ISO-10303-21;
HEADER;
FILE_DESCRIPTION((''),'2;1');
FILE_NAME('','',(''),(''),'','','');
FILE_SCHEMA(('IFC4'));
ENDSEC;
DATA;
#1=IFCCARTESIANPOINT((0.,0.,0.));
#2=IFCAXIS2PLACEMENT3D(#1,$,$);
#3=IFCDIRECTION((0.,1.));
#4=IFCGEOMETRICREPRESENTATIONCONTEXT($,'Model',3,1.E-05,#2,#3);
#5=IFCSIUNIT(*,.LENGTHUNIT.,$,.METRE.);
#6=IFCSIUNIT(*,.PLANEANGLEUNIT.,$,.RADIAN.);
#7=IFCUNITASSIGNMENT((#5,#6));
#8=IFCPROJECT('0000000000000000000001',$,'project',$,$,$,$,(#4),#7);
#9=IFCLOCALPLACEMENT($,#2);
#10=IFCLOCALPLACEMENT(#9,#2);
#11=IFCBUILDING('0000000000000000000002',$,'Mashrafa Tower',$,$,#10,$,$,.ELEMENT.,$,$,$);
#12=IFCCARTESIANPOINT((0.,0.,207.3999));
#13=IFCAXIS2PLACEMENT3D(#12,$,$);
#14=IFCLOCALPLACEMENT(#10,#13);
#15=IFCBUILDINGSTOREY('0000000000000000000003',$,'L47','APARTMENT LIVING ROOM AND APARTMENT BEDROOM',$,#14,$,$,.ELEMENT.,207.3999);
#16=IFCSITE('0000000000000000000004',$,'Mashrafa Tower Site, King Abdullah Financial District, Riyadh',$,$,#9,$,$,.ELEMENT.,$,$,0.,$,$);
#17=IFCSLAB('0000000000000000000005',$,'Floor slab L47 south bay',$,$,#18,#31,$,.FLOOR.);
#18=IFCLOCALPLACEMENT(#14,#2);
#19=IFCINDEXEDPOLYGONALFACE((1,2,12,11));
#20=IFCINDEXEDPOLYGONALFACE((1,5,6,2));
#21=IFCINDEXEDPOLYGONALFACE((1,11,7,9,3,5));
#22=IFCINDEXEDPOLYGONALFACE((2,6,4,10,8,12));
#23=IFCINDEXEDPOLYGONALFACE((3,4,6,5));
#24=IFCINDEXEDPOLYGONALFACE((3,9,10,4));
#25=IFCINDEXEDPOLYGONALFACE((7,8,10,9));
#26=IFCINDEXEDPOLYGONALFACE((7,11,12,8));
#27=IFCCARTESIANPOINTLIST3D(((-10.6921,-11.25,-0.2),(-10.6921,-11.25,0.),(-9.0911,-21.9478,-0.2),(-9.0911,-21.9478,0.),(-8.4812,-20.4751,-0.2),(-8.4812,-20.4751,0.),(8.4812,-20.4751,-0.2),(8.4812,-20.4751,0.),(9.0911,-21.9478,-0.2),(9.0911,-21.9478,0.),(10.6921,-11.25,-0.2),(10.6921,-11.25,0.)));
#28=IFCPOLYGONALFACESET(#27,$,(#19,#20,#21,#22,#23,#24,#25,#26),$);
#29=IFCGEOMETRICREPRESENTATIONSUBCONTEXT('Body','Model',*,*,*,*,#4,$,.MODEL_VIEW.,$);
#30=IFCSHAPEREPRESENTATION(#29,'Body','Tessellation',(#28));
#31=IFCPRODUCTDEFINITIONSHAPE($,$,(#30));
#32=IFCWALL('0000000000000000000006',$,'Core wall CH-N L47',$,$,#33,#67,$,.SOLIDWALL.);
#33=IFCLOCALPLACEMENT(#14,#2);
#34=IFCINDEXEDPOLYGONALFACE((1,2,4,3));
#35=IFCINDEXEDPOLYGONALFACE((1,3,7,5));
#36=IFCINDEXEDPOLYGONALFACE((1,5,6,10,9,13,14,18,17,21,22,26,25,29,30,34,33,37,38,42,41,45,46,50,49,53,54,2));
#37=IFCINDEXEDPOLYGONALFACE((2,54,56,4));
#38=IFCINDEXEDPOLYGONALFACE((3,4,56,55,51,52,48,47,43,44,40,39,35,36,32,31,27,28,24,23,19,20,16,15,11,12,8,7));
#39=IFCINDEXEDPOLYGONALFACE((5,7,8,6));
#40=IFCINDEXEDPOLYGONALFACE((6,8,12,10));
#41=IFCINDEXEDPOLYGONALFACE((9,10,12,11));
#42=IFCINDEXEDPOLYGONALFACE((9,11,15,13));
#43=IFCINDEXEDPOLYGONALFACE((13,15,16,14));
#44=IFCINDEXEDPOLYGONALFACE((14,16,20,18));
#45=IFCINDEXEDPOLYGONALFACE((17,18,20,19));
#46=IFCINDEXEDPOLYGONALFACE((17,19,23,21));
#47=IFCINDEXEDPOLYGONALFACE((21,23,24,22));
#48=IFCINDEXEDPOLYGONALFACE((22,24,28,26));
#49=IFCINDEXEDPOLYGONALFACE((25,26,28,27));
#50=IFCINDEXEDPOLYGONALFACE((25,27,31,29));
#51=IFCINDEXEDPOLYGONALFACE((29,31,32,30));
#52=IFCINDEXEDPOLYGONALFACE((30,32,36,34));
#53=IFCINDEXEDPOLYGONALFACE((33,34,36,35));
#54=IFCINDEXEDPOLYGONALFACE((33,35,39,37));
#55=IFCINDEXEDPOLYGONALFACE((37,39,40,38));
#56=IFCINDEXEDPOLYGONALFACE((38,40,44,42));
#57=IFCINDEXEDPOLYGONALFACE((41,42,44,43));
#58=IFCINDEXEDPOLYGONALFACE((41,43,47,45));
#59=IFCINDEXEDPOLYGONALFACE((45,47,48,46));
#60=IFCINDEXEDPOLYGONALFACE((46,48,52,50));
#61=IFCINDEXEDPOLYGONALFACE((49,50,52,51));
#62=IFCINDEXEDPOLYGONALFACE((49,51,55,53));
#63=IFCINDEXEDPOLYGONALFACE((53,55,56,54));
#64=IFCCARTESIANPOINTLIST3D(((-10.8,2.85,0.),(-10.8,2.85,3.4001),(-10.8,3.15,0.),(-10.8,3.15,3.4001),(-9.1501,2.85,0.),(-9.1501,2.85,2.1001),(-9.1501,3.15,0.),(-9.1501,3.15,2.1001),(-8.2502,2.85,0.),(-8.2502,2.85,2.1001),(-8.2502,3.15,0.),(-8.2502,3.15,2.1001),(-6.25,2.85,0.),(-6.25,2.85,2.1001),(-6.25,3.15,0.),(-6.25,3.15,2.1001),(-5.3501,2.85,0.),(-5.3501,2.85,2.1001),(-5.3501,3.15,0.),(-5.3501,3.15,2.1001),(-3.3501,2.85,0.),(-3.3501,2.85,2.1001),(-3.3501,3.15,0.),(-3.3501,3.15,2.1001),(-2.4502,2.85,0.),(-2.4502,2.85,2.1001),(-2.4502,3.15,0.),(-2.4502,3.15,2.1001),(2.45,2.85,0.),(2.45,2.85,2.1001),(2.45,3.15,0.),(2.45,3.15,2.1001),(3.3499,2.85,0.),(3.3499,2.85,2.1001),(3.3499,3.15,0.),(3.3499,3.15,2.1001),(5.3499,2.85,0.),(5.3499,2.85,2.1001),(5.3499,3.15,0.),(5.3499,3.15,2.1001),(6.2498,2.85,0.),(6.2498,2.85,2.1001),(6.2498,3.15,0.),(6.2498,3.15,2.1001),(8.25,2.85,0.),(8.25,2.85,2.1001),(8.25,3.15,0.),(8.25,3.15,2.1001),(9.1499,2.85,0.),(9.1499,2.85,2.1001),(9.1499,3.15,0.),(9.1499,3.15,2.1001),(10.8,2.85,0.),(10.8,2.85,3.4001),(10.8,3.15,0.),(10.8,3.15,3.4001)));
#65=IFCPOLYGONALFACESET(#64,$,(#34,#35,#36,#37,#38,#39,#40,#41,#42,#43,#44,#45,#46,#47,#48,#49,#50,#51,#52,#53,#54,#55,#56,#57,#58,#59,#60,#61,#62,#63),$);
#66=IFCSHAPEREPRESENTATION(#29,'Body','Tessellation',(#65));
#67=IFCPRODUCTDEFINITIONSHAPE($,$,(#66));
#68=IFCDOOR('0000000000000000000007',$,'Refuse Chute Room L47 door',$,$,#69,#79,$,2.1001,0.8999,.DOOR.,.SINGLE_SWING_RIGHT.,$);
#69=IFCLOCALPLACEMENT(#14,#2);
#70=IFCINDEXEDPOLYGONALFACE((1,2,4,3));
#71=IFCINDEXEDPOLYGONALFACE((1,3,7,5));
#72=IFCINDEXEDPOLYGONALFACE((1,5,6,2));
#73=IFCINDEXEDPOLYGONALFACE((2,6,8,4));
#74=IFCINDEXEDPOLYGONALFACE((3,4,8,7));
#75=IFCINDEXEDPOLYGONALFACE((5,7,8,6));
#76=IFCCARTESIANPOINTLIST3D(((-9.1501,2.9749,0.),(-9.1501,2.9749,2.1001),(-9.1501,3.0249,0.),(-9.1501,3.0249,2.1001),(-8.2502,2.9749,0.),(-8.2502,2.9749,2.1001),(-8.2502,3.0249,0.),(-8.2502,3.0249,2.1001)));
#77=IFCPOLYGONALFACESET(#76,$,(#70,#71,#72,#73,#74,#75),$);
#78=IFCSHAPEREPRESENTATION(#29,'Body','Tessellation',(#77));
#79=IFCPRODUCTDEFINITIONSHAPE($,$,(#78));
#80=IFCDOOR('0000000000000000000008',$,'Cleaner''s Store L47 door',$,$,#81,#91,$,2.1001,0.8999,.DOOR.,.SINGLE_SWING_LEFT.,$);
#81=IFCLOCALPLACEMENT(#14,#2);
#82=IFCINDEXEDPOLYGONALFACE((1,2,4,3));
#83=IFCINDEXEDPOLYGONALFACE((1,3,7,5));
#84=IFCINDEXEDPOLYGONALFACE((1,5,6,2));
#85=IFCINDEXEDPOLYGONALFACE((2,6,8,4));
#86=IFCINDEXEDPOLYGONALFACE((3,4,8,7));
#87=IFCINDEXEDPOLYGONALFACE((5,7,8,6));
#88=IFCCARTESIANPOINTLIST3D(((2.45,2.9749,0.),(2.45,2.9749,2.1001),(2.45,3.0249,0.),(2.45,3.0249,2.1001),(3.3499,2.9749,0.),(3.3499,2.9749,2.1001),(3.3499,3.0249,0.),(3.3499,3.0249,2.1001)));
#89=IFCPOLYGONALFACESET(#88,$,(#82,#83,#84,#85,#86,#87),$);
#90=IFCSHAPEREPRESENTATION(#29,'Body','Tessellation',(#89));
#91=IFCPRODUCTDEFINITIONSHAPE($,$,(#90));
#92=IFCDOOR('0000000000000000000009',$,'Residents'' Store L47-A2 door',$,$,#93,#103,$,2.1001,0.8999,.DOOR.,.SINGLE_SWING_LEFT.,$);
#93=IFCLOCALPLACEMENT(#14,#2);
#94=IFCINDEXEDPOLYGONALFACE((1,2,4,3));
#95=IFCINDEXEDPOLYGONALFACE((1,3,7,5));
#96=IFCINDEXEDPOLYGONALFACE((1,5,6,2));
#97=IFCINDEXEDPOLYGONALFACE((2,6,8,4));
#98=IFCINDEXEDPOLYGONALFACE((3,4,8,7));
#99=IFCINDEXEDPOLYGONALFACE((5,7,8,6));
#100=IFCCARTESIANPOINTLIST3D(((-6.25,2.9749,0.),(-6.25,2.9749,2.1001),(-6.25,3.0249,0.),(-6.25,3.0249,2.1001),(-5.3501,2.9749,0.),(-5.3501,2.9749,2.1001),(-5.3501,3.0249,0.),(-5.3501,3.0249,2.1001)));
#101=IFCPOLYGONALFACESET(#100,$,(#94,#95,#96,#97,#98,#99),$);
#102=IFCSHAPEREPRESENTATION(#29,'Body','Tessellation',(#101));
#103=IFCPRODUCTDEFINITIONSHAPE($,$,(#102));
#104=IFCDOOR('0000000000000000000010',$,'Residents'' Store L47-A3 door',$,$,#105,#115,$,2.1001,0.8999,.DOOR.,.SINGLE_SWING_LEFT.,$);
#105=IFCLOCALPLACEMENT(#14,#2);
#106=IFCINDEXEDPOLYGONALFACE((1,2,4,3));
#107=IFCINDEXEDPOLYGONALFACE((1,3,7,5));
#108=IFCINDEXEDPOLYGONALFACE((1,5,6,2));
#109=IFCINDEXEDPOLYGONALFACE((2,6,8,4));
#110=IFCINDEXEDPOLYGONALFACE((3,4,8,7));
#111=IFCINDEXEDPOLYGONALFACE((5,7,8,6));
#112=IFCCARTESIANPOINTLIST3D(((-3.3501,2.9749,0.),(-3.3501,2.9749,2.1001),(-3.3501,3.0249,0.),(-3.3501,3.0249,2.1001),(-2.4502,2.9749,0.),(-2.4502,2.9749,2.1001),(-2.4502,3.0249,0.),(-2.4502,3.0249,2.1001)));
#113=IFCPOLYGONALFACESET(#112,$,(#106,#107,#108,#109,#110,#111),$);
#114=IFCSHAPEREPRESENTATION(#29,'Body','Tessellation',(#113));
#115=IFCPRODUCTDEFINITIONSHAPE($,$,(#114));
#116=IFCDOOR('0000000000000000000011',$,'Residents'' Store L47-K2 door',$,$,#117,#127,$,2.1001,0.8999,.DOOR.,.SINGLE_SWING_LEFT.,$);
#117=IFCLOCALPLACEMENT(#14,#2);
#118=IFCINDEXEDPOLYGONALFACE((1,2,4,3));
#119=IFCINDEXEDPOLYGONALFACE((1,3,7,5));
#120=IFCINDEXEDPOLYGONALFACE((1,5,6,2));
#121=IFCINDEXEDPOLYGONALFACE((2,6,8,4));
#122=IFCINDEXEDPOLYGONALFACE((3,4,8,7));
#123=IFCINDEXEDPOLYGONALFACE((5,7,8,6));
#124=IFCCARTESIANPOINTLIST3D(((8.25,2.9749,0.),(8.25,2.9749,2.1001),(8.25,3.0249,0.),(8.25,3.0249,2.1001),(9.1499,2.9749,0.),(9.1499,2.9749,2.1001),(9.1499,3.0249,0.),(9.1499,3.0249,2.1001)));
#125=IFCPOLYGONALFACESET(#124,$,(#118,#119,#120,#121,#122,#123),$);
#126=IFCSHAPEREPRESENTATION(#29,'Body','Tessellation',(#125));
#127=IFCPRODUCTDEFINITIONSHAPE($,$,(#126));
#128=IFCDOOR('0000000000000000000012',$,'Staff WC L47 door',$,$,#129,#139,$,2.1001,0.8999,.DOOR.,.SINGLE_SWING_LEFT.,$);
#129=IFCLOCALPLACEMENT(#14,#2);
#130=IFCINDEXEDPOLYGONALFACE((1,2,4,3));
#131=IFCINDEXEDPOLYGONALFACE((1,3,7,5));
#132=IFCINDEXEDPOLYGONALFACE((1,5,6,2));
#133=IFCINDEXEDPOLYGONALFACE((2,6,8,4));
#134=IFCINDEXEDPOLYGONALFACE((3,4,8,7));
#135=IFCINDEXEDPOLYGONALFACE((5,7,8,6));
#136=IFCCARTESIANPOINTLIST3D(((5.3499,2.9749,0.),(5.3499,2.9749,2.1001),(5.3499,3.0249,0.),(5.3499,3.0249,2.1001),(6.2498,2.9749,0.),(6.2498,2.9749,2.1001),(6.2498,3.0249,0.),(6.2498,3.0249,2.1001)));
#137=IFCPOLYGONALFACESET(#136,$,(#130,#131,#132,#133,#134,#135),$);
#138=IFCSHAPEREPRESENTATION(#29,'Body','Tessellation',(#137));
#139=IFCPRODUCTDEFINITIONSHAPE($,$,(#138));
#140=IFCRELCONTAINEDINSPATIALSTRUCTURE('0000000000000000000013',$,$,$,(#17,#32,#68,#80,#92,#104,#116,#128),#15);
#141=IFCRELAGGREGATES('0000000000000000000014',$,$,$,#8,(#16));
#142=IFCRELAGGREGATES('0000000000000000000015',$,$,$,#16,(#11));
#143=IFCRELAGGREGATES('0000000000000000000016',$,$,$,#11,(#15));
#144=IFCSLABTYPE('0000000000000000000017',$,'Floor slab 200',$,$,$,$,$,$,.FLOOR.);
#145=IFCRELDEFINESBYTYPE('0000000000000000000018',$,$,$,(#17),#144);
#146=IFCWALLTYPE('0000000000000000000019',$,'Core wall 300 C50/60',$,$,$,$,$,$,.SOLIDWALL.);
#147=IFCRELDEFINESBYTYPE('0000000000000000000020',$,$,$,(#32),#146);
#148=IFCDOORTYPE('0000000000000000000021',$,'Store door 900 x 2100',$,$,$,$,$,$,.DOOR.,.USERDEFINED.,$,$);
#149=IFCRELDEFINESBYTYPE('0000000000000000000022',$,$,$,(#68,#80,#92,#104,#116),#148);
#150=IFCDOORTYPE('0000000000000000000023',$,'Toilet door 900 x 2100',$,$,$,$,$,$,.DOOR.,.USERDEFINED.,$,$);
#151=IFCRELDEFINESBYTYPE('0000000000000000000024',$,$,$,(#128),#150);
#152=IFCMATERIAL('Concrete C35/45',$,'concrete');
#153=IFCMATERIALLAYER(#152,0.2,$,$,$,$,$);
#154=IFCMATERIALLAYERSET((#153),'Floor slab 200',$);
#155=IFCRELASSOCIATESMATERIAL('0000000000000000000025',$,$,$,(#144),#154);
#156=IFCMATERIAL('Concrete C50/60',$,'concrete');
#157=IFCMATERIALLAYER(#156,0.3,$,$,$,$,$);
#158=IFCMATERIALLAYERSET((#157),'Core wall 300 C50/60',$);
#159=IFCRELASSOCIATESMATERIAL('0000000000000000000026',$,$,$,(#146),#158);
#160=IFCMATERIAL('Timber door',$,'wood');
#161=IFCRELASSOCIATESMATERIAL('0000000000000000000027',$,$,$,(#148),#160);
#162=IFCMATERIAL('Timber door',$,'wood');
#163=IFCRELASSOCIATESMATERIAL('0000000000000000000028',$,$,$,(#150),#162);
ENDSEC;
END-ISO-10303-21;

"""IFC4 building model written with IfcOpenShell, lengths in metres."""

from ifc_helpers import new_model, si_unit, direction, frame, frame_2d, origin, place, context, subcontext, project, spatial, polyline, rectangle, outline, extrude, material, layer, layer_set, type_object, element, fill, save


model = new_model("IFC4")

# Units and contexts
model_context = context("Model", 3, precision=1e-05, world=origin(), true_north=direction((0.0, 1.0)))
body_context = subcontext(model_context, "Body", "Model", "MODEL_VIEW")
ifc_project = project(units=[si_unit("LENGTHUNIT", "METRE"), si_unit("PLANEANGLEUNIT", "RADIAN")], contexts=[model_context])

# Site, building, storey
site_placement = place(None, origin())
site = spatial("IfcSite", under=ifc_project, at=site_placement, Name="Mashrafa Tower Site, King Abdullah Financial District, Riyadh", CompositionType="ELEMENT", RefElevation=0.0)
building_placement = place(site_placement, origin())
building = spatial("IfcBuilding", under=site, at=building_placement, Name="Mashrafa Tower", CompositionType="ELEMENT")
storey_placement = place(building_placement, frame((0.0, 0.0, 207.3999)))
storey = spatial("IfcBuildingStorey", under=building, at=storey_placement, Name="L47", Description="APARTMENT LIVING ROOM AND APARTMENT BEDROOM", CompositionType="ELEMENT", Elevation=207.3999)

# Slab
ifc_material_1 = material(Name="Concrete C35/45", Category="concrete")
ifc_layer_1 = layer(ifc_material_1, 0.2)
ifc_layer_set_1 = layer_set([ifc_layer_1], Name="Floor slab 200")
slab_type = type_object("IfcSlabType", Name="Floor slab 200", PredefinedType="FLOOR", material=ifc_layer_set_1)
slab_1_placement = place(storey_placement, frame((0.0, 0.0, -0.2)))
element("IfcSlab", 1, at=slab_1_placement, inside=storey, type_object=slab_type, Name="Floor slab L47 south bay", PredefinedType="FLOOR", context=body_context, shape_type="SweptSolid", body=[
    extrude(outline(polyline([(-9.0911, -21.9478), (-9.0911, -21.9478), (-8.4812, -20.4751), (-10.6921, -11.25), (10.6921, -11.25), (8.4812, -20.4751), (9.0911, -21.9478), (9.0911, -21.9478), (-9.0911, -21.9478)])), origin(), (0.0, 0.0, 1.0), 0.2),
])

# Wall, openings, doors
ifc_material_2 = material(Name="Concrete C50/60", Category="concrete")
ifc_layer_2 = layer(ifc_material_2, 0.3)
ifc_layer_set_2 = layer_set([ifc_layer_2], Name="Core wall 300 C50/60")
wall_type_1 = type_object("IfcWallType", Name="Core wall 300 C50/60", PredefinedType="SOLIDWALL", material=ifc_layer_set_2)
wall_1_placement = place(storey_placement, frame((-10.8, 3.0, 0.0), z_axis=(0.0, 0.0, 1.0), x_axis=(1.0, 0.0, 0.0)))
wall_1 = element("IfcWall", 2, at=wall_1_placement, inside=storey, type_object=wall_type_1, Name="Core wall CH-N L47", PredefinedType="SOLIDWALL", context=body_context, shape_type="SweptSolid", body=[
    extrude(rectangle(XDim=21.6001, YDim=0.3, at=frame_2d((10.8, 0.0))), origin(), (0.0, 0.0, 1.0), 3.4001),
])
opening_1_placement = place(wall_1_placement, frame((1.6499, 0.0, 0.0)))
opening_1 = element("IfcOpeningElement", 3, at=opening_1_placement, cuts=wall_1, PredefinedType="OPENING", context=body_context, shape_type="SweptSolid", body=[
    extrude(rectangle(XDim=0.8999, YDim=2.1001, at=frame_2d((0.45, 1.05))), frame((0.0, 0.1599, 0.0), z_axis=(0.0, -1.0, 0.0), x_axis=(1.0, 0.0, 0.0)), (0.0, 0.0, 1.0), 0.3201),
])
opening_2_placement = place(wall_1_placement, frame((13.25, 0.0, 0.0)))
opening_2 = element("IfcOpeningElement", 4, at=opening_2_placement, cuts=wall_1, PredefinedType="OPENING", context=body_context, shape_type="SweptSolid", body=[
    extrude(rectangle(XDim=0.8999, YDim=2.1001, at=frame_2d((0.45, 1.05))), frame((0.0, 0.1599, 0.0), z_axis=(0.0, -1.0, 0.0), x_axis=(1.0, 0.0, 0.0)), (0.0, 0.0, 1.0), 0.3201),
])
opening_3_placement = place(wall_1_placement, frame((16.1499, 0.0, 0.0)))
opening_3 = element("IfcOpeningElement", 5, at=opening_3_placement, cuts=wall_1, PredefinedType="OPENING", context=body_context, shape_type="SweptSolid", body=[
    extrude(rectangle(XDim=0.8999, YDim=2.1001, at=frame_2d((0.45, 1.05))), frame((0.0, 0.1599, 0.0), z_axis=(0.0, -1.0, 0.0), x_axis=(1.0, 0.0, 0.0)), (0.0, 0.0, 1.0), 0.3201),
])
opening_4_placement = place(wall_1_placement, frame((4.55, 0.0, 0.0)))
opening_4 = element("IfcOpeningElement", 6, at=opening_4_placement, cuts=wall_1, PredefinedType="OPENING", context=body_context, shape_type="SweptSolid", body=[
    extrude(rectangle(XDim=0.8999, YDim=2.1001, at=frame_2d((0.45, 1.05))), frame((0.0, 0.1599, 0.0), z_axis=(0.0, -1.0, 0.0), x_axis=(1.0, 0.0, 0.0)), (0.0, 0.0, 1.0), 0.3201),
])
opening_5_placement = place(wall_1_placement, frame((7.45, 0.0, 0.0)))
opening_5 = element("IfcOpeningElement", 7, at=opening_5_placement, cuts=wall_1, PredefinedType="OPENING", context=body_context, shape_type="SweptSolid", body=[
    extrude(rectangle(XDim=0.8999, YDim=2.1001, at=frame_2d((0.45, 1.05))), frame((0.0, 0.1599, 0.0), z_axis=(0.0, -1.0, 0.0), x_axis=(1.0, 0.0, 0.0)), (0.0, 0.0, 1.0), 0.3201),
])
opening_6_placement = place(wall_1_placement, frame((19.05, 0.0, 0.0)))
opening_6 = element("IfcOpeningElement", 8, at=opening_6_placement, cuts=wall_1, PredefinedType="OPENING", context=body_context, shape_type="SweptSolid", body=[
    extrude(rectangle(XDim=0.8999, YDim=2.1001, at=frame_2d((0.45, 1.05))), frame((0.0, 0.1599, 0.0), z_axis=(0.0, -1.0, 0.0), x_axis=(1.0, 0.0, 0.0)), (0.0, 0.0, 1.0), 0.3201),
])
ifc_material_3 = material(Name="Timber door", Category="wood")
door_type_1 = type_object("IfcDoorType", Name="Store door 900 x 2100", OperationType="USERDEFINED", PredefinedType="DOOR", material=ifc_material_3)
door_1_placement = place(opening_1_placement, origin())
door_1 = element("IfcDoor", 9, at=door_1_placement, inside=storey, type_object=door_type_1, Name="Refuse Chute Room L47 door", OperationType="SINGLE_SWING_RIGHT", OverallHeight=2.1001, OverallWidth=0.8999, PredefinedType="DOOR", context=body_context, shape_type="SweptSolid", body=[
    extrude(rectangle(XDim=0.8999, YDim=2.1001, at=frame_2d((0.45, 1.05))), frame((0.0, 0.0249, 0.0), z_axis=(0.0, -1.0, 0.0), x_axis=(1.0, 0.0, 0.0)), (0.0, 0.0, 1.0), 0.05),
])
fill(opening_1, door_1)
door_2_placement = place(opening_2_placement, origin())
door_2 = element("IfcDoor", 10, at=door_2_placement, inside=storey, type_object=door_type_1, Name="Cleaner's Store L47 door", OperationType="SINGLE_SWING_LEFT", OverallHeight=2.1001, OverallWidth=0.8999, PredefinedType="DOOR", context=body_context, shape_type="SweptSolid", body=[
    extrude(rectangle(XDim=0.8999, YDim=2.1001, at=frame_2d((0.45, 1.05))), frame((0.0, 0.0249, 0.0), z_axis=(0.0, -1.0, 0.0), x_axis=(1.0, 0.0, 0.0)), (0.0, 0.0, 1.0), 0.05),
])
fill(opening_2, door_2)
door_3_placement = place(opening_4_placement, origin())
door_3 = element("IfcDoor", 11, at=door_3_placement, inside=storey, type_object=door_type_1, Name="Residents' Store L47-A2 door", OperationType="SINGLE_SWING_LEFT", OverallHeight=2.1001, OverallWidth=0.8999, PredefinedType="DOOR", context=body_context, shape_type="SweptSolid", body=[
    extrude(rectangle(XDim=0.8999, YDim=2.1001, at=frame_2d((0.45, 1.05))), frame((0.0, 0.0249, 0.0), z_axis=(0.0, -1.0, 0.0), x_axis=(1.0, 0.0, 0.0)), (0.0, 0.0, 1.0), 0.05),
])
fill(opening_4, door_3)
door_4_placement = place(opening_5_placement, origin())
door_4 = element("IfcDoor", 12, at=door_4_placement, inside=storey, type_object=door_type_1, Name="Residents' Store L47-A3 door", OperationType="SINGLE_SWING_LEFT", OverallHeight=2.1001, OverallWidth=0.8999, PredefinedType="DOOR", context=body_context, shape_type="SweptSolid", body=[
    extrude(rectangle(XDim=0.8999, YDim=2.1001, at=frame_2d((0.45, 1.05))), frame((0.0, 0.0249, 0.0), z_axis=(0.0, -1.0, 0.0), x_axis=(1.0, 0.0, 0.0)), (0.0, 0.0, 1.0), 0.05),
])
fill(opening_5, door_4)
door_5_placement = place(opening_6_placement, origin())
door_5 = element("IfcDoor", 13, at=door_5_placement, inside=storey, type_object=door_type_1, Name="Residents' Store L47-K2 door", OperationType="SINGLE_SWING_LEFT", OverallHeight=2.1001, OverallWidth=0.8999, PredefinedType="DOOR", context=body_context, shape_type="SweptSolid", body=[
    extrude(rectangle(XDim=0.8999, YDim=2.1001, at=frame_2d((0.45, 1.05))), frame((0.0, 0.0249, 0.0), z_axis=(0.0, -1.0, 0.0), x_axis=(1.0, 0.0, 0.0)), (0.0, 0.0, 1.0), 0.05),
])
fill(opening_6, door_5)
ifc_material_4 = material(Name="Timber door", Category="wood")
door_type_2 = type_object("IfcDoorType", Name="Toilet door 900 x 2100", OperationType="USERDEFINED", PredefinedType="DOOR", material=ifc_material_4)
door_6_placement = place(opening_3_placement, origin())
door_6 = element("IfcDoor", 14, at=door_6_placement, inside=storey, type_object=door_type_2, Name="Staff WC L47 door", OperationType="SINGLE_SWING_LEFT", OverallHeight=2.1001, OverallWidth=0.8999, PredefinedType="DOOR", context=body_context, shape_type="SweptSolid", body=[
    extrude(rectangle(XDim=0.8999, YDim=2.1001, at=frame_2d((0.45, 1.05))), frame((0.0, 0.0249, 0.0), z_axis=(0.0, -1.0, 0.0), x_axis=(1.0, 0.0, 0.0)), (0.0, 0.0, 1.0), 0.05),
])
fill(opening_3, door_6)

save(model, "model.ifc")
